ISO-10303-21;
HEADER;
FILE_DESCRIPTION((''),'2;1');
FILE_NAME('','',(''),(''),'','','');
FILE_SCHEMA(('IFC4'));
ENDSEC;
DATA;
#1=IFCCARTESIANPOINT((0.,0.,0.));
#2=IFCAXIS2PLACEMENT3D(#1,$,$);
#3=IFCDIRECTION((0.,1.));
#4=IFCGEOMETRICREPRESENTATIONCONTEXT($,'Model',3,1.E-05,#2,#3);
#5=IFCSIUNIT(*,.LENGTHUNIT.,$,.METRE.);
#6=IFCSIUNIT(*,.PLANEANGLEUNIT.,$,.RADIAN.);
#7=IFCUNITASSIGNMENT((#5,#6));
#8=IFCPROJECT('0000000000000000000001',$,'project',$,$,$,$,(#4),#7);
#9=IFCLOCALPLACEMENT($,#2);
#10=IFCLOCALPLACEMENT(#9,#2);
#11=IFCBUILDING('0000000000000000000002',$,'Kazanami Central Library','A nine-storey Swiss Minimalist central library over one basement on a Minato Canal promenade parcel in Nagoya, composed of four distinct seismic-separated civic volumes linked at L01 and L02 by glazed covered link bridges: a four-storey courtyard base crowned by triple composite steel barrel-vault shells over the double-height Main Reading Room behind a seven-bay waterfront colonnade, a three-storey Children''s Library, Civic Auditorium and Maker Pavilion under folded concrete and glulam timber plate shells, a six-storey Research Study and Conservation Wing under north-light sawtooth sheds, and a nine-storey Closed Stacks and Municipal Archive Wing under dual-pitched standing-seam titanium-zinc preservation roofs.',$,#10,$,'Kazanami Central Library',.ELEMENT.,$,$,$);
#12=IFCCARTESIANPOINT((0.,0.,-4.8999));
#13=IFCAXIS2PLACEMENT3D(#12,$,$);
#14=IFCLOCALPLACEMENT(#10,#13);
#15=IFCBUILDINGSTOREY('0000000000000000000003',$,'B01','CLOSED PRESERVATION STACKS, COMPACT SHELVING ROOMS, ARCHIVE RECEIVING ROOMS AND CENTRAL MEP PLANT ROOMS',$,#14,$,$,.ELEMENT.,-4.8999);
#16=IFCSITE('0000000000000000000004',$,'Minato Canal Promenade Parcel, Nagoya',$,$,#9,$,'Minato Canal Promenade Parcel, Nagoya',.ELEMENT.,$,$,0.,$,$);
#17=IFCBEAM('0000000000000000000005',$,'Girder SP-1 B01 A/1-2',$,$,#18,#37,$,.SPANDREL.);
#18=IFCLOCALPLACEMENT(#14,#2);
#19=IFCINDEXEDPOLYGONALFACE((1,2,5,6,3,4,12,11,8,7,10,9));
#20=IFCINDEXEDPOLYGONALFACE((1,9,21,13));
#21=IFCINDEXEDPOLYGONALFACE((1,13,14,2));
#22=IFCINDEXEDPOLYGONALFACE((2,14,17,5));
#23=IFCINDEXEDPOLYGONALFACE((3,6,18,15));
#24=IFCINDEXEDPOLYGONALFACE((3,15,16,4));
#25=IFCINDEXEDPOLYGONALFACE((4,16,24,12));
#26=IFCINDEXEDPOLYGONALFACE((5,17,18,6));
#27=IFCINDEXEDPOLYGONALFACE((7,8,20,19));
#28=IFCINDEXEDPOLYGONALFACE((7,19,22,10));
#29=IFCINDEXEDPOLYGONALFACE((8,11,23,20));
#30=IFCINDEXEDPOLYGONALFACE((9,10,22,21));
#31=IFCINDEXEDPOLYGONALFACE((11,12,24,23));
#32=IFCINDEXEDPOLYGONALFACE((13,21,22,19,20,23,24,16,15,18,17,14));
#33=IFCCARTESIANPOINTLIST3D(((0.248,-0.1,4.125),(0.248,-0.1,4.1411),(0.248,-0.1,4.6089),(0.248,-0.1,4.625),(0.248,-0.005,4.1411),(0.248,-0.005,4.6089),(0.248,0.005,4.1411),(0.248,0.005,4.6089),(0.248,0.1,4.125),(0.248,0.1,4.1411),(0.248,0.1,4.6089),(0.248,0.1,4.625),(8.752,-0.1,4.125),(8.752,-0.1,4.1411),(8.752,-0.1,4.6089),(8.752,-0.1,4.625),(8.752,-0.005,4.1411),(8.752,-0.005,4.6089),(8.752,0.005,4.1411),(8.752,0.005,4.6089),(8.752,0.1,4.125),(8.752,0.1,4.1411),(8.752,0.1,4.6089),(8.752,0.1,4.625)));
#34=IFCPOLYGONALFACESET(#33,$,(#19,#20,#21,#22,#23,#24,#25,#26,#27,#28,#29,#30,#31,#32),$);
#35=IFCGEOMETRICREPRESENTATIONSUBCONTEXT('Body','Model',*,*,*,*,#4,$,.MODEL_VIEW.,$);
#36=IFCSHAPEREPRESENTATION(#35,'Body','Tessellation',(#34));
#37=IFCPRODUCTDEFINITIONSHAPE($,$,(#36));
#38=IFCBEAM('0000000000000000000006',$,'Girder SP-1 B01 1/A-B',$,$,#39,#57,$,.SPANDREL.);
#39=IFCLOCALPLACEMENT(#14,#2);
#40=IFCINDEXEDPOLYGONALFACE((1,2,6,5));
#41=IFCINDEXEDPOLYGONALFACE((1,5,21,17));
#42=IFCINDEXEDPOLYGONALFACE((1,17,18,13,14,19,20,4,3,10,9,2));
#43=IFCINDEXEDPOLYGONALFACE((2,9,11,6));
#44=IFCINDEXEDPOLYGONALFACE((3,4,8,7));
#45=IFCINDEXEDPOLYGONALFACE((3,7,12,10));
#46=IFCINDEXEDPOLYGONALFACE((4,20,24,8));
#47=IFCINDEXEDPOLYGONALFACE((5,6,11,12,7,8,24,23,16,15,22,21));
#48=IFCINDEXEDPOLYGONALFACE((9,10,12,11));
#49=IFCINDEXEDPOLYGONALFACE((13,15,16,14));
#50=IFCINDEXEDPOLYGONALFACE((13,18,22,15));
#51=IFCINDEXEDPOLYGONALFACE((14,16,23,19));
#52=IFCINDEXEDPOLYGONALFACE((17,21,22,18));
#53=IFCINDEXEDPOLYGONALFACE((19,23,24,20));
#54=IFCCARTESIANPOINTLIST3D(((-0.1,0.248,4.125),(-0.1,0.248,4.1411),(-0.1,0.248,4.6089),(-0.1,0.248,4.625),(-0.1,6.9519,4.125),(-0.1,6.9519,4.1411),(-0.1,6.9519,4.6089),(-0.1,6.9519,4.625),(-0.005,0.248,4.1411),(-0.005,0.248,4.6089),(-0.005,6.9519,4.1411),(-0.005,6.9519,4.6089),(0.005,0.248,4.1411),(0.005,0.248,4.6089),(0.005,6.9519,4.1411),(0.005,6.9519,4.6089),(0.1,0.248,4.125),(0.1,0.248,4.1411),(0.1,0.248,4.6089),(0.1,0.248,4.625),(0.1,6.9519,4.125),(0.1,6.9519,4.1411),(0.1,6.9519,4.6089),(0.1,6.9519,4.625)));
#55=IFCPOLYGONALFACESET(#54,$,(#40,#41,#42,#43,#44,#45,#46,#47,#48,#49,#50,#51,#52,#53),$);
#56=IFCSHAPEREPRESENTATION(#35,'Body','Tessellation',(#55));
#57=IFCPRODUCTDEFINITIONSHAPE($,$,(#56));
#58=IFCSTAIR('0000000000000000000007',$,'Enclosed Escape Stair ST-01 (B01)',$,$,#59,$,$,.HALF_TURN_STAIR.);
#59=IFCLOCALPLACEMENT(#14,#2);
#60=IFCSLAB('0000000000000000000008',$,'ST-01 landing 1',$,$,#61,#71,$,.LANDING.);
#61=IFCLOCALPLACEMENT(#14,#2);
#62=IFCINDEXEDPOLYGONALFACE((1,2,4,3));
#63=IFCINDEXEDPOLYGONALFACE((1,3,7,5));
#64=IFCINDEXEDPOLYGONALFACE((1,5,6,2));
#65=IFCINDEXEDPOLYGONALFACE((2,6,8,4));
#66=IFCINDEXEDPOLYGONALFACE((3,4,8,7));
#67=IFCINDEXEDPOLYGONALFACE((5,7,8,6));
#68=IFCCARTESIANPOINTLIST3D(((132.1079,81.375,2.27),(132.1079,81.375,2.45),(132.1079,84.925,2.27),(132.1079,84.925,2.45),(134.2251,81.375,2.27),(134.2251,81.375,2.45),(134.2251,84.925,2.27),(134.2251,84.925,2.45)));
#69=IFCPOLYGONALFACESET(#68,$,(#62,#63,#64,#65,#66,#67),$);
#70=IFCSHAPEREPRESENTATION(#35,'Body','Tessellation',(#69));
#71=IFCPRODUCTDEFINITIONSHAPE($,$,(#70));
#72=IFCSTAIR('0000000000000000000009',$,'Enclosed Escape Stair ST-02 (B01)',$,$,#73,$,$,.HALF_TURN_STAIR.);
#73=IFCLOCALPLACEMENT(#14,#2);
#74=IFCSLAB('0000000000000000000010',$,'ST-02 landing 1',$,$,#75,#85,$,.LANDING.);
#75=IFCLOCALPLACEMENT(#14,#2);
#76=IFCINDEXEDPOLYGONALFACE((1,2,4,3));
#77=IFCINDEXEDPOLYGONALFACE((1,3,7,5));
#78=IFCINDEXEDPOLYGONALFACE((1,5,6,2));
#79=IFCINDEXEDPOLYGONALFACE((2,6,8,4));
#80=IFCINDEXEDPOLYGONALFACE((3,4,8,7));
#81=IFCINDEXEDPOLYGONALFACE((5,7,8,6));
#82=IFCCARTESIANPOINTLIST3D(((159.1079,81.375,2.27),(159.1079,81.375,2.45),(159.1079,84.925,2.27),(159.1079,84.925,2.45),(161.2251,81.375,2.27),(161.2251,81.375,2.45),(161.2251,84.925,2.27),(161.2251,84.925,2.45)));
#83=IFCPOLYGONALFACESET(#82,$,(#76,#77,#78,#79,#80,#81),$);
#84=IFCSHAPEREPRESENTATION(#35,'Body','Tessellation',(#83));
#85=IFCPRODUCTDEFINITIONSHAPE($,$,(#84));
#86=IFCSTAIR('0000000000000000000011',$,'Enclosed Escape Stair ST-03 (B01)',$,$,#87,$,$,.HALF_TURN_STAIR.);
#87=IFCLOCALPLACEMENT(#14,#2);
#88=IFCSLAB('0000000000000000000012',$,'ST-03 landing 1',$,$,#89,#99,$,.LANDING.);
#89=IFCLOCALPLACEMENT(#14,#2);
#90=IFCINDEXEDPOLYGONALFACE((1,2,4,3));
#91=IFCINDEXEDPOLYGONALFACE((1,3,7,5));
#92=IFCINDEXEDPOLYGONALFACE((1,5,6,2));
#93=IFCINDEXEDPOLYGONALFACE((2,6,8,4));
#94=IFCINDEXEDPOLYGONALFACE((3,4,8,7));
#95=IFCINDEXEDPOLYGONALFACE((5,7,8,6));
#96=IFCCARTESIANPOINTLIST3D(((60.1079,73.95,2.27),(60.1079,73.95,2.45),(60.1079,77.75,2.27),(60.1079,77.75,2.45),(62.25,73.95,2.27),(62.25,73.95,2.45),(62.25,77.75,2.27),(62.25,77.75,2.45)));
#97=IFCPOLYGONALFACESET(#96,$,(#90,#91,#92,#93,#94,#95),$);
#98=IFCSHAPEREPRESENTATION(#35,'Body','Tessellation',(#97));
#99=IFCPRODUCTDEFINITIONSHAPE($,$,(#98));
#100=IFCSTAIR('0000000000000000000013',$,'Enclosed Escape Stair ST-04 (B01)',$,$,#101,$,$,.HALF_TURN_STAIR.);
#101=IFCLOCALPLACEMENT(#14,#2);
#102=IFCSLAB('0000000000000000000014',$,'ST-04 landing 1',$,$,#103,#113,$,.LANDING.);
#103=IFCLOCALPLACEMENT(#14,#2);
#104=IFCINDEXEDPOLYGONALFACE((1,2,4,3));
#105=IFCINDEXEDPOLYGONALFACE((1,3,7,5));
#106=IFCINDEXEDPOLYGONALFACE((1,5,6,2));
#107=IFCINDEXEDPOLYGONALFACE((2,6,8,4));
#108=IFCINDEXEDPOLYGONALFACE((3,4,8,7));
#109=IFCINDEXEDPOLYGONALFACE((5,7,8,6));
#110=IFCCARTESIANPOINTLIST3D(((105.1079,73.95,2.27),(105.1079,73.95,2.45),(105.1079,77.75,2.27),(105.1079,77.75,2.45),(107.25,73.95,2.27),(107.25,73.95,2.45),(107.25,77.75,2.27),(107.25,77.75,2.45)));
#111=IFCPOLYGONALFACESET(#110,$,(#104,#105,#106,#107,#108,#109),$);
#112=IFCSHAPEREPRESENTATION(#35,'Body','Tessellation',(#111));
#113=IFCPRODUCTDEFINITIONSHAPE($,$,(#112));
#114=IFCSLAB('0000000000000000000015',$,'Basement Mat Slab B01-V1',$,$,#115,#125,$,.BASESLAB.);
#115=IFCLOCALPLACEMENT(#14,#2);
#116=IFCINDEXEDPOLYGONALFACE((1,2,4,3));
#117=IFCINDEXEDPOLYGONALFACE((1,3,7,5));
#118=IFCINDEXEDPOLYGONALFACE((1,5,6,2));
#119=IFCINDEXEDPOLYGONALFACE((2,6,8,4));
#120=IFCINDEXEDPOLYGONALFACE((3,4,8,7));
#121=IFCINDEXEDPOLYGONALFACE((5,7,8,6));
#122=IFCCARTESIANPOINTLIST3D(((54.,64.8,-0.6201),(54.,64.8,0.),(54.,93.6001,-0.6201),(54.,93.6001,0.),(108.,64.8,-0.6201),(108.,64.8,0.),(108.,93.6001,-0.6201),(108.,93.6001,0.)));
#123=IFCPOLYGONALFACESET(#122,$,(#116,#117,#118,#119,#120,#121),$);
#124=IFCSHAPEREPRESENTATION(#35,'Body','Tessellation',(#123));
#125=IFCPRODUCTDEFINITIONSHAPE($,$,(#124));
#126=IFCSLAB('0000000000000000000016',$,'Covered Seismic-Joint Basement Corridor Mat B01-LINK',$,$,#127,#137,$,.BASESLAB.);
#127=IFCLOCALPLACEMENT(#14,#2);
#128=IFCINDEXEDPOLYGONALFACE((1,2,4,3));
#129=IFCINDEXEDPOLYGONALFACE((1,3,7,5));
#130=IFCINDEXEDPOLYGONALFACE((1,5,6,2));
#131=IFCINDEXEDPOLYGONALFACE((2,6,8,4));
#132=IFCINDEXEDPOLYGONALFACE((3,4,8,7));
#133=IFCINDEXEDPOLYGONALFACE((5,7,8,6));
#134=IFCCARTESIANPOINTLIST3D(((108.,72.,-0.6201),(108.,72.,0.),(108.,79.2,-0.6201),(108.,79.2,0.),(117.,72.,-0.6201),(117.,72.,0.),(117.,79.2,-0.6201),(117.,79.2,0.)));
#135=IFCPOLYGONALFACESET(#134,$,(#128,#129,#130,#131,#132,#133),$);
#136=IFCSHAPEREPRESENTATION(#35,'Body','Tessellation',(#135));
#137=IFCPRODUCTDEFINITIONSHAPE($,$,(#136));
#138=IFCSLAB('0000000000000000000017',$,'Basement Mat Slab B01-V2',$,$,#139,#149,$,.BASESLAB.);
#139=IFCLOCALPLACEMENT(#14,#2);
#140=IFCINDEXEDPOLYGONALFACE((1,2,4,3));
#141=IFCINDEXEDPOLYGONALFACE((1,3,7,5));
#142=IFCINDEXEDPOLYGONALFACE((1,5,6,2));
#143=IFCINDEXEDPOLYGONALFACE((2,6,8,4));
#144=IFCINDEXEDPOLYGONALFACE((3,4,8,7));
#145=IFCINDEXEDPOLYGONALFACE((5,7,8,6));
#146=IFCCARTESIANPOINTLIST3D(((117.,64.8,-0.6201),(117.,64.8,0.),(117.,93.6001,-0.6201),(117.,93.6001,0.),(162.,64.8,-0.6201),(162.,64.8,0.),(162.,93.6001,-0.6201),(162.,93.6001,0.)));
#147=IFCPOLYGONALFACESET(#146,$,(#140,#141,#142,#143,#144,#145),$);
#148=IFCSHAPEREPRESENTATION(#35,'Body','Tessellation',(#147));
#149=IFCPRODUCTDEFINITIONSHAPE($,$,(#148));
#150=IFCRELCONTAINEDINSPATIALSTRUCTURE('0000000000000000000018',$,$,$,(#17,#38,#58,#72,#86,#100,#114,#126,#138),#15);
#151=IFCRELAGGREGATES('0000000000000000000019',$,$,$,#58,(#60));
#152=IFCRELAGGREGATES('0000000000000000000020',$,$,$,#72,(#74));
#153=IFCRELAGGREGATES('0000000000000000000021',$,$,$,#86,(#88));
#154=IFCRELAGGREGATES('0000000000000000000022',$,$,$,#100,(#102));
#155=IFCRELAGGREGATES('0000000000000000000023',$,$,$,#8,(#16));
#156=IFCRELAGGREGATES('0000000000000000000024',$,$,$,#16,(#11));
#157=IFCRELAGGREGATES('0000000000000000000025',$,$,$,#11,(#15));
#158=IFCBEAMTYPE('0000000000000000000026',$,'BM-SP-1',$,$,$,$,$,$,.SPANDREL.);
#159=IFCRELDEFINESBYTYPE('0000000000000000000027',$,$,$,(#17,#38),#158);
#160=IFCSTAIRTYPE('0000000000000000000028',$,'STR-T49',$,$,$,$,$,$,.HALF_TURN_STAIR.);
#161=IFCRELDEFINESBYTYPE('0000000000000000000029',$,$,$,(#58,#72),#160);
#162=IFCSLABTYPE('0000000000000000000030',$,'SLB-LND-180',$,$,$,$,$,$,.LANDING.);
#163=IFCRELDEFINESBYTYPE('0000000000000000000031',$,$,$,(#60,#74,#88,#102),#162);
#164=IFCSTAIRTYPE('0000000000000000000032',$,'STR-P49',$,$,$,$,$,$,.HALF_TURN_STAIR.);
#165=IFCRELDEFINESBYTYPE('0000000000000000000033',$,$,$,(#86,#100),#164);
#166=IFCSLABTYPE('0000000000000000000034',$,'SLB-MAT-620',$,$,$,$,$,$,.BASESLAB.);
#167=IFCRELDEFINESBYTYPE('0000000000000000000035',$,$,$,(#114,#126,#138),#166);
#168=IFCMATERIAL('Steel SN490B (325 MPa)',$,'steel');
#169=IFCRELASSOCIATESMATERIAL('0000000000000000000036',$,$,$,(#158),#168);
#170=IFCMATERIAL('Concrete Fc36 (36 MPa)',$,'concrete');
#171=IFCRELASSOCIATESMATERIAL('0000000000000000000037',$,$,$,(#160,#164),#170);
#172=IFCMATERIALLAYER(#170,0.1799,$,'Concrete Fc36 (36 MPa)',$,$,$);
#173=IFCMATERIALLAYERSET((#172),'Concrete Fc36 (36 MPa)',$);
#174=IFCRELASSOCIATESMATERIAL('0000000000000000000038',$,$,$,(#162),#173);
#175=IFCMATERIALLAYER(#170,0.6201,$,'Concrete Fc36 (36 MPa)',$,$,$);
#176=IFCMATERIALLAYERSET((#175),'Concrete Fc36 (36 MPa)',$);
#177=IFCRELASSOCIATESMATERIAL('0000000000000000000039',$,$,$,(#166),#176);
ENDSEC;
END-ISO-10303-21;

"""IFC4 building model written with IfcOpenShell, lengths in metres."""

from ifc_helpers import new_model, si_unit, direction, frame, origin, origin_2d, place, context, subcontext, project, spatial, polyline, i_section, outline, extrude, material, layer, layer_set, material_profile, profile_set, type_object, element, aggregate, save


model = new_model("IFC4")

# Units and contexts
model_context = context("Model", 3, precision=1e-05, world=origin(), true_north=direction((0.0, 1.0)))
body_context = subcontext(model_context, "Body", "Model", "MODEL_VIEW")
ifc_project = project(units=[si_unit("LENGTHUNIT", "METRE"), si_unit("PLANEANGLEUNIT", "RADIAN")], contexts=[model_context])

# Site, building, storey
site_placement = place(None, origin())
site = spatial("IfcSite", under=ifc_project, at=site_placement, Name="Minato Canal Promenade Parcel, Nagoya", LongName="Minato Canal Promenade Parcel, Nagoya", CompositionType="ELEMENT", RefElevation=0.0)
building_placement = place(site_placement, origin())
building = spatial("IfcBuilding", under=site, at=building_placement, Name="Kazanami Central Library", Description="A nine-storey Swiss Minimalist central library over one basement on a Minato Canal promenade parcel in Nagoya, composed of four distinct seismic-separated civic volumes linked at L01 and L02 by glazed covered link bridges: a four-storey courtyard base crowned by triple composite steel barrel-vault shells over the double-height Main Reading Room behind a seven-bay waterfront colonnade, a three-storey Children's Library, Civic Auditorium and Maker Pavilion under folded concrete and glulam timber plate shells, a six-storey Research Study and Conservation Wing under north-light sawtooth sheds, and a nine-storey Closed Stacks and Municipal Archive Wing under dual-pitched standing-seam titanium-zinc preservation roofs.", LongName="Kazanami Central Library", CompositionType="ELEMENT")
storey_placement = place(building_placement, frame((0.0, 0.0, -4.8999)))
storey = spatial("IfcBuildingStorey", under=building, at=storey_placement, Name="B01", Description="CLOSED PRESERVATION STACKS, COMPACT SHELVING ROOMS, ARCHIVE RECEIVING ROOMS AND CENTRAL MEP PLANT ROOMS", CompositionType="ELEMENT", Elevation=-4.8999)

# Shared definitions
ifc_material_1 = material(Name="Concrete Fc36 (36 MPa)", Category="concrete")

# Beams
ifc_material_2 = material(Name="Steel SN490B (325 MPa)", Category="steel")
ifc_material_profile_1 = material_profile(ifc_material_2, i_section(OverallWidth=0.2, OverallDepth=0.5, WebThickness=0.01, FlangeThickness=0.0161, at=origin_2d()), Name="H-500x200x10x16")
ifc_profile_set_1 = profile_set([ifc_material_profile_1], Name="Steel SN490B (325 MPa)")
beam_type_1 = type_object("IfcBeamType", Name="BM-SP-1", PredefinedType="SPANDREL", material=ifc_profile_set_1)
beam_1_placement = place(storey_placement, frame((0.248, 0.0, 4.375), z_axis=(1.0, 0.0, 0.0), x_axis=(0.0, 1.0, 0.0)))
element("IfcBeam", 1, at=beam_1_placement, inside=storey, type_object=beam_type_1, Name="Girder SP-1 B01 A/1-2", PredefinedType="SPANDREL", context=body_context, shape_type="SweptSolid", body=[
    extrude(i_section(OverallWidth=0.2, OverallDepth=0.5, WebThickness=0.01, FlangeThickness=0.0161, at=origin_2d()), origin(), (0.0, 0.0, 1.0), 8.5039),
])
beam_2_placement = place(storey_placement, frame((0.0, 0.248, 4.375), z_axis=(0.0, 1.0, 0.0), x_axis=(-1.0, 0.0, 0.0)))
element("IfcBeam", 2, at=beam_2_placement, inside=storey, type_object=beam_type_1, Name="Girder SP-1 B01 1/A-B", PredefinedType="SPANDREL", context=body_context, shape_type="SweptSolid", body=[
    extrude(i_section(OverallWidth=0.2, OverallDepth=0.5, WebThickness=0.01, FlangeThickness=0.0161, at=origin_2d()), origin(), (0.0, 0.0, 1.0), 6.7039),
])

# Stairs, slabs
stair_type_1 = type_object("IfcStairType", Name="STR-T49", PredefinedType="HALF_TURN_STAIR", material=ifc_material_1)
stair_1_placement = place(storey_placement, origin())
stair_1 = element("IfcStair", 3, at=stair_1_placement, inside=storey, type_object=stair_type_1, Name="Enclosed Escape Stair ST-01 (B01)", PredefinedType="HALF_TURN_STAIR")
ifc_layer_1 = layer(ifc_material_1, 0.1799, Name="Concrete Fc36 (36 MPa)")
ifc_layer_set_1 = layer_set([ifc_layer_1], Name="Concrete Fc36 (36 MPa)")
slab_type_1 = type_object("IfcSlabType", Name="SLB-LND-180", PredefinedType="LANDING", material=ifc_layer_set_1)
slab_1_placement = place(storey_placement, frame((0.0, 0.0, 2.27)))
slab_1 = element("IfcSlab", 4, at=slab_1_placement, type_object=slab_type_1, Name="ST-01 landing 1", PredefinedType="LANDING", context=body_context, shape_type="SweptSolid", body=[
    extrude(outline(polyline([(132.1079, 81.375), (134.2251, 81.375), (134.2251, 84.925), (132.1079, 84.925), (132.1079, 81.375)])), origin(), (0.0, 0.0, 1.0), 0.1799),
])
aggregate(stair_1, [slab_1])
stair_2_placement = place(storey_placement, origin())
stair_2 = element("IfcStair", 5, at=stair_2_placement, inside=storey, type_object=stair_type_1, Name="Enclosed Escape Stair ST-02 (B01)", PredefinedType="HALF_TURN_STAIR")
slab_2_placement = place(storey_placement, frame((0.0, 0.0, 2.27)))
slab_2 = element("IfcSlab", 6, at=slab_2_placement, type_object=slab_type_1, Name="ST-02 landing 1", PredefinedType="LANDING", context=body_context, shape_type="SweptSolid", body=[
    extrude(outline(polyline([(159.1079, 81.375), (161.2251, 81.375), (161.2251, 84.925), (159.1079, 84.925), (159.1079, 81.375)])), origin(), (0.0, 0.0, 1.0), 0.1799),
])
aggregate(stair_2, [slab_2])
stair_type_2 = type_object("IfcStairType", Name="STR-P49", PredefinedType="HALF_TURN_STAIR", material=ifc_material_1)
stair_3_placement = place(storey_placement, origin())
stair_3 = element("IfcStair", 7, at=stair_3_placement, inside=storey, type_object=stair_type_2, Name="Enclosed Escape Stair ST-03 (B01)", PredefinedType="HALF_TURN_STAIR")
slab_3_placement = place(storey_placement, frame((0.0, 0.0, 2.27)))
slab_3 = element("IfcSlab", 8, at=slab_3_placement, type_object=slab_type_1, Name="ST-03 landing 1", PredefinedType="LANDING", context=body_context, shape_type="SweptSolid", body=[
    extrude(outline(polyline([(60.1079, 73.95), (62.25, 73.95), (62.25, 77.75), (60.1079, 77.75), (60.1079, 73.95)])), origin(), (0.0, 0.0, 1.0), 0.1799),
])
aggregate(stair_3, [slab_3])
stair_4_placement = place(storey_placement, origin())
stair_4 = element("IfcStair", 9, at=stair_4_placement, inside=storey, type_object=stair_type_2, Name="Enclosed Escape Stair ST-04 (B01)", PredefinedType="HALF_TURN_STAIR")
slab_4_placement = place(storey_placement, frame((0.0, 0.0, 2.27)))
slab_4 = element("IfcSlab", 10, at=slab_4_placement, type_object=slab_type_1, Name="ST-04 landing 1", PredefinedType="LANDING", context=body_context, shape_type="SweptSolid", body=[
    extrude(outline(polyline([(105.1079, 73.95), (107.25, 73.95), (107.25, 77.75), (105.1079, 77.75), (105.1079, 73.95)])), origin(), (0.0, 0.0, 1.0), 0.1799),
])
aggregate(stair_4, [slab_4])

# Slabs
ifc_layer_2 = layer(ifc_material_1, 0.6201, Name="Concrete Fc36 (36 MPa)")
ifc_layer_set_2 = layer_set([ifc_layer_2], Name="Concrete Fc36 (36 MPa)")
slab_type_2 = type_object("IfcSlabType", Name="SLB-MAT-620", PredefinedType="BASESLAB", material=ifc_layer_set_2)
slab_5_placement = place(storey_placement, frame((0.0, 0.0, -0.6201)))
element("IfcSlab", 11, at=slab_5_placement, inside=storey, type_object=slab_type_2, Name="Basement Mat Slab B01-V1", PredefinedType="BASESLAB", context=body_context, shape_type="SweptSolid", body=[
    extrude(outline(polyline([(54.0, 64.8), (108.0, 64.8), (108.0, 93.6001), (54.0, 93.6001), (54.0, 64.8)])), origin(), (0.0, 0.0, 1.0), 0.6201),
])
slab_6_placement = place(storey_placement, frame((0.0, 0.0, -0.6201)))
element("IfcSlab", 12, at=slab_6_placement, inside=storey, type_object=slab_type_2, Name="Covered Seismic-Joint Basement Corridor Mat B01-LINK", PredefinedType="BASESLAB", context=body_context, shape_type="SweptSolid", body=[
    extrude(outline(polyline([(108.0, 72.0), (117.0, 72.0), (117.0, 79.2), (108.0, 79.2), (108.0, 72.0)])), origin(), (0.0, 0.0, 1.0), 0.6201),
])
slab_7_placement = place(storey_placement, frame((0.0, 0.0, -0.6201)))
element("IfcSlab", 13, at=slab_7_placement, inside=storey, type_object=slab_type_2, Name="Basement Mat Slab B01-V2", PredefinedType="BASESLAB", context=body_context, shape_type="SweptSolid", body=[
    extrude(outline(polyline([(117.0, 64.8), (162.0, 64.8), (162.0, 93.6001), (117.0, 93.6001), (117.0, 64.8)])), origin(), (0.0, 0.0, 1.0), 0.6201),
])

save(model, "model.ifc")
